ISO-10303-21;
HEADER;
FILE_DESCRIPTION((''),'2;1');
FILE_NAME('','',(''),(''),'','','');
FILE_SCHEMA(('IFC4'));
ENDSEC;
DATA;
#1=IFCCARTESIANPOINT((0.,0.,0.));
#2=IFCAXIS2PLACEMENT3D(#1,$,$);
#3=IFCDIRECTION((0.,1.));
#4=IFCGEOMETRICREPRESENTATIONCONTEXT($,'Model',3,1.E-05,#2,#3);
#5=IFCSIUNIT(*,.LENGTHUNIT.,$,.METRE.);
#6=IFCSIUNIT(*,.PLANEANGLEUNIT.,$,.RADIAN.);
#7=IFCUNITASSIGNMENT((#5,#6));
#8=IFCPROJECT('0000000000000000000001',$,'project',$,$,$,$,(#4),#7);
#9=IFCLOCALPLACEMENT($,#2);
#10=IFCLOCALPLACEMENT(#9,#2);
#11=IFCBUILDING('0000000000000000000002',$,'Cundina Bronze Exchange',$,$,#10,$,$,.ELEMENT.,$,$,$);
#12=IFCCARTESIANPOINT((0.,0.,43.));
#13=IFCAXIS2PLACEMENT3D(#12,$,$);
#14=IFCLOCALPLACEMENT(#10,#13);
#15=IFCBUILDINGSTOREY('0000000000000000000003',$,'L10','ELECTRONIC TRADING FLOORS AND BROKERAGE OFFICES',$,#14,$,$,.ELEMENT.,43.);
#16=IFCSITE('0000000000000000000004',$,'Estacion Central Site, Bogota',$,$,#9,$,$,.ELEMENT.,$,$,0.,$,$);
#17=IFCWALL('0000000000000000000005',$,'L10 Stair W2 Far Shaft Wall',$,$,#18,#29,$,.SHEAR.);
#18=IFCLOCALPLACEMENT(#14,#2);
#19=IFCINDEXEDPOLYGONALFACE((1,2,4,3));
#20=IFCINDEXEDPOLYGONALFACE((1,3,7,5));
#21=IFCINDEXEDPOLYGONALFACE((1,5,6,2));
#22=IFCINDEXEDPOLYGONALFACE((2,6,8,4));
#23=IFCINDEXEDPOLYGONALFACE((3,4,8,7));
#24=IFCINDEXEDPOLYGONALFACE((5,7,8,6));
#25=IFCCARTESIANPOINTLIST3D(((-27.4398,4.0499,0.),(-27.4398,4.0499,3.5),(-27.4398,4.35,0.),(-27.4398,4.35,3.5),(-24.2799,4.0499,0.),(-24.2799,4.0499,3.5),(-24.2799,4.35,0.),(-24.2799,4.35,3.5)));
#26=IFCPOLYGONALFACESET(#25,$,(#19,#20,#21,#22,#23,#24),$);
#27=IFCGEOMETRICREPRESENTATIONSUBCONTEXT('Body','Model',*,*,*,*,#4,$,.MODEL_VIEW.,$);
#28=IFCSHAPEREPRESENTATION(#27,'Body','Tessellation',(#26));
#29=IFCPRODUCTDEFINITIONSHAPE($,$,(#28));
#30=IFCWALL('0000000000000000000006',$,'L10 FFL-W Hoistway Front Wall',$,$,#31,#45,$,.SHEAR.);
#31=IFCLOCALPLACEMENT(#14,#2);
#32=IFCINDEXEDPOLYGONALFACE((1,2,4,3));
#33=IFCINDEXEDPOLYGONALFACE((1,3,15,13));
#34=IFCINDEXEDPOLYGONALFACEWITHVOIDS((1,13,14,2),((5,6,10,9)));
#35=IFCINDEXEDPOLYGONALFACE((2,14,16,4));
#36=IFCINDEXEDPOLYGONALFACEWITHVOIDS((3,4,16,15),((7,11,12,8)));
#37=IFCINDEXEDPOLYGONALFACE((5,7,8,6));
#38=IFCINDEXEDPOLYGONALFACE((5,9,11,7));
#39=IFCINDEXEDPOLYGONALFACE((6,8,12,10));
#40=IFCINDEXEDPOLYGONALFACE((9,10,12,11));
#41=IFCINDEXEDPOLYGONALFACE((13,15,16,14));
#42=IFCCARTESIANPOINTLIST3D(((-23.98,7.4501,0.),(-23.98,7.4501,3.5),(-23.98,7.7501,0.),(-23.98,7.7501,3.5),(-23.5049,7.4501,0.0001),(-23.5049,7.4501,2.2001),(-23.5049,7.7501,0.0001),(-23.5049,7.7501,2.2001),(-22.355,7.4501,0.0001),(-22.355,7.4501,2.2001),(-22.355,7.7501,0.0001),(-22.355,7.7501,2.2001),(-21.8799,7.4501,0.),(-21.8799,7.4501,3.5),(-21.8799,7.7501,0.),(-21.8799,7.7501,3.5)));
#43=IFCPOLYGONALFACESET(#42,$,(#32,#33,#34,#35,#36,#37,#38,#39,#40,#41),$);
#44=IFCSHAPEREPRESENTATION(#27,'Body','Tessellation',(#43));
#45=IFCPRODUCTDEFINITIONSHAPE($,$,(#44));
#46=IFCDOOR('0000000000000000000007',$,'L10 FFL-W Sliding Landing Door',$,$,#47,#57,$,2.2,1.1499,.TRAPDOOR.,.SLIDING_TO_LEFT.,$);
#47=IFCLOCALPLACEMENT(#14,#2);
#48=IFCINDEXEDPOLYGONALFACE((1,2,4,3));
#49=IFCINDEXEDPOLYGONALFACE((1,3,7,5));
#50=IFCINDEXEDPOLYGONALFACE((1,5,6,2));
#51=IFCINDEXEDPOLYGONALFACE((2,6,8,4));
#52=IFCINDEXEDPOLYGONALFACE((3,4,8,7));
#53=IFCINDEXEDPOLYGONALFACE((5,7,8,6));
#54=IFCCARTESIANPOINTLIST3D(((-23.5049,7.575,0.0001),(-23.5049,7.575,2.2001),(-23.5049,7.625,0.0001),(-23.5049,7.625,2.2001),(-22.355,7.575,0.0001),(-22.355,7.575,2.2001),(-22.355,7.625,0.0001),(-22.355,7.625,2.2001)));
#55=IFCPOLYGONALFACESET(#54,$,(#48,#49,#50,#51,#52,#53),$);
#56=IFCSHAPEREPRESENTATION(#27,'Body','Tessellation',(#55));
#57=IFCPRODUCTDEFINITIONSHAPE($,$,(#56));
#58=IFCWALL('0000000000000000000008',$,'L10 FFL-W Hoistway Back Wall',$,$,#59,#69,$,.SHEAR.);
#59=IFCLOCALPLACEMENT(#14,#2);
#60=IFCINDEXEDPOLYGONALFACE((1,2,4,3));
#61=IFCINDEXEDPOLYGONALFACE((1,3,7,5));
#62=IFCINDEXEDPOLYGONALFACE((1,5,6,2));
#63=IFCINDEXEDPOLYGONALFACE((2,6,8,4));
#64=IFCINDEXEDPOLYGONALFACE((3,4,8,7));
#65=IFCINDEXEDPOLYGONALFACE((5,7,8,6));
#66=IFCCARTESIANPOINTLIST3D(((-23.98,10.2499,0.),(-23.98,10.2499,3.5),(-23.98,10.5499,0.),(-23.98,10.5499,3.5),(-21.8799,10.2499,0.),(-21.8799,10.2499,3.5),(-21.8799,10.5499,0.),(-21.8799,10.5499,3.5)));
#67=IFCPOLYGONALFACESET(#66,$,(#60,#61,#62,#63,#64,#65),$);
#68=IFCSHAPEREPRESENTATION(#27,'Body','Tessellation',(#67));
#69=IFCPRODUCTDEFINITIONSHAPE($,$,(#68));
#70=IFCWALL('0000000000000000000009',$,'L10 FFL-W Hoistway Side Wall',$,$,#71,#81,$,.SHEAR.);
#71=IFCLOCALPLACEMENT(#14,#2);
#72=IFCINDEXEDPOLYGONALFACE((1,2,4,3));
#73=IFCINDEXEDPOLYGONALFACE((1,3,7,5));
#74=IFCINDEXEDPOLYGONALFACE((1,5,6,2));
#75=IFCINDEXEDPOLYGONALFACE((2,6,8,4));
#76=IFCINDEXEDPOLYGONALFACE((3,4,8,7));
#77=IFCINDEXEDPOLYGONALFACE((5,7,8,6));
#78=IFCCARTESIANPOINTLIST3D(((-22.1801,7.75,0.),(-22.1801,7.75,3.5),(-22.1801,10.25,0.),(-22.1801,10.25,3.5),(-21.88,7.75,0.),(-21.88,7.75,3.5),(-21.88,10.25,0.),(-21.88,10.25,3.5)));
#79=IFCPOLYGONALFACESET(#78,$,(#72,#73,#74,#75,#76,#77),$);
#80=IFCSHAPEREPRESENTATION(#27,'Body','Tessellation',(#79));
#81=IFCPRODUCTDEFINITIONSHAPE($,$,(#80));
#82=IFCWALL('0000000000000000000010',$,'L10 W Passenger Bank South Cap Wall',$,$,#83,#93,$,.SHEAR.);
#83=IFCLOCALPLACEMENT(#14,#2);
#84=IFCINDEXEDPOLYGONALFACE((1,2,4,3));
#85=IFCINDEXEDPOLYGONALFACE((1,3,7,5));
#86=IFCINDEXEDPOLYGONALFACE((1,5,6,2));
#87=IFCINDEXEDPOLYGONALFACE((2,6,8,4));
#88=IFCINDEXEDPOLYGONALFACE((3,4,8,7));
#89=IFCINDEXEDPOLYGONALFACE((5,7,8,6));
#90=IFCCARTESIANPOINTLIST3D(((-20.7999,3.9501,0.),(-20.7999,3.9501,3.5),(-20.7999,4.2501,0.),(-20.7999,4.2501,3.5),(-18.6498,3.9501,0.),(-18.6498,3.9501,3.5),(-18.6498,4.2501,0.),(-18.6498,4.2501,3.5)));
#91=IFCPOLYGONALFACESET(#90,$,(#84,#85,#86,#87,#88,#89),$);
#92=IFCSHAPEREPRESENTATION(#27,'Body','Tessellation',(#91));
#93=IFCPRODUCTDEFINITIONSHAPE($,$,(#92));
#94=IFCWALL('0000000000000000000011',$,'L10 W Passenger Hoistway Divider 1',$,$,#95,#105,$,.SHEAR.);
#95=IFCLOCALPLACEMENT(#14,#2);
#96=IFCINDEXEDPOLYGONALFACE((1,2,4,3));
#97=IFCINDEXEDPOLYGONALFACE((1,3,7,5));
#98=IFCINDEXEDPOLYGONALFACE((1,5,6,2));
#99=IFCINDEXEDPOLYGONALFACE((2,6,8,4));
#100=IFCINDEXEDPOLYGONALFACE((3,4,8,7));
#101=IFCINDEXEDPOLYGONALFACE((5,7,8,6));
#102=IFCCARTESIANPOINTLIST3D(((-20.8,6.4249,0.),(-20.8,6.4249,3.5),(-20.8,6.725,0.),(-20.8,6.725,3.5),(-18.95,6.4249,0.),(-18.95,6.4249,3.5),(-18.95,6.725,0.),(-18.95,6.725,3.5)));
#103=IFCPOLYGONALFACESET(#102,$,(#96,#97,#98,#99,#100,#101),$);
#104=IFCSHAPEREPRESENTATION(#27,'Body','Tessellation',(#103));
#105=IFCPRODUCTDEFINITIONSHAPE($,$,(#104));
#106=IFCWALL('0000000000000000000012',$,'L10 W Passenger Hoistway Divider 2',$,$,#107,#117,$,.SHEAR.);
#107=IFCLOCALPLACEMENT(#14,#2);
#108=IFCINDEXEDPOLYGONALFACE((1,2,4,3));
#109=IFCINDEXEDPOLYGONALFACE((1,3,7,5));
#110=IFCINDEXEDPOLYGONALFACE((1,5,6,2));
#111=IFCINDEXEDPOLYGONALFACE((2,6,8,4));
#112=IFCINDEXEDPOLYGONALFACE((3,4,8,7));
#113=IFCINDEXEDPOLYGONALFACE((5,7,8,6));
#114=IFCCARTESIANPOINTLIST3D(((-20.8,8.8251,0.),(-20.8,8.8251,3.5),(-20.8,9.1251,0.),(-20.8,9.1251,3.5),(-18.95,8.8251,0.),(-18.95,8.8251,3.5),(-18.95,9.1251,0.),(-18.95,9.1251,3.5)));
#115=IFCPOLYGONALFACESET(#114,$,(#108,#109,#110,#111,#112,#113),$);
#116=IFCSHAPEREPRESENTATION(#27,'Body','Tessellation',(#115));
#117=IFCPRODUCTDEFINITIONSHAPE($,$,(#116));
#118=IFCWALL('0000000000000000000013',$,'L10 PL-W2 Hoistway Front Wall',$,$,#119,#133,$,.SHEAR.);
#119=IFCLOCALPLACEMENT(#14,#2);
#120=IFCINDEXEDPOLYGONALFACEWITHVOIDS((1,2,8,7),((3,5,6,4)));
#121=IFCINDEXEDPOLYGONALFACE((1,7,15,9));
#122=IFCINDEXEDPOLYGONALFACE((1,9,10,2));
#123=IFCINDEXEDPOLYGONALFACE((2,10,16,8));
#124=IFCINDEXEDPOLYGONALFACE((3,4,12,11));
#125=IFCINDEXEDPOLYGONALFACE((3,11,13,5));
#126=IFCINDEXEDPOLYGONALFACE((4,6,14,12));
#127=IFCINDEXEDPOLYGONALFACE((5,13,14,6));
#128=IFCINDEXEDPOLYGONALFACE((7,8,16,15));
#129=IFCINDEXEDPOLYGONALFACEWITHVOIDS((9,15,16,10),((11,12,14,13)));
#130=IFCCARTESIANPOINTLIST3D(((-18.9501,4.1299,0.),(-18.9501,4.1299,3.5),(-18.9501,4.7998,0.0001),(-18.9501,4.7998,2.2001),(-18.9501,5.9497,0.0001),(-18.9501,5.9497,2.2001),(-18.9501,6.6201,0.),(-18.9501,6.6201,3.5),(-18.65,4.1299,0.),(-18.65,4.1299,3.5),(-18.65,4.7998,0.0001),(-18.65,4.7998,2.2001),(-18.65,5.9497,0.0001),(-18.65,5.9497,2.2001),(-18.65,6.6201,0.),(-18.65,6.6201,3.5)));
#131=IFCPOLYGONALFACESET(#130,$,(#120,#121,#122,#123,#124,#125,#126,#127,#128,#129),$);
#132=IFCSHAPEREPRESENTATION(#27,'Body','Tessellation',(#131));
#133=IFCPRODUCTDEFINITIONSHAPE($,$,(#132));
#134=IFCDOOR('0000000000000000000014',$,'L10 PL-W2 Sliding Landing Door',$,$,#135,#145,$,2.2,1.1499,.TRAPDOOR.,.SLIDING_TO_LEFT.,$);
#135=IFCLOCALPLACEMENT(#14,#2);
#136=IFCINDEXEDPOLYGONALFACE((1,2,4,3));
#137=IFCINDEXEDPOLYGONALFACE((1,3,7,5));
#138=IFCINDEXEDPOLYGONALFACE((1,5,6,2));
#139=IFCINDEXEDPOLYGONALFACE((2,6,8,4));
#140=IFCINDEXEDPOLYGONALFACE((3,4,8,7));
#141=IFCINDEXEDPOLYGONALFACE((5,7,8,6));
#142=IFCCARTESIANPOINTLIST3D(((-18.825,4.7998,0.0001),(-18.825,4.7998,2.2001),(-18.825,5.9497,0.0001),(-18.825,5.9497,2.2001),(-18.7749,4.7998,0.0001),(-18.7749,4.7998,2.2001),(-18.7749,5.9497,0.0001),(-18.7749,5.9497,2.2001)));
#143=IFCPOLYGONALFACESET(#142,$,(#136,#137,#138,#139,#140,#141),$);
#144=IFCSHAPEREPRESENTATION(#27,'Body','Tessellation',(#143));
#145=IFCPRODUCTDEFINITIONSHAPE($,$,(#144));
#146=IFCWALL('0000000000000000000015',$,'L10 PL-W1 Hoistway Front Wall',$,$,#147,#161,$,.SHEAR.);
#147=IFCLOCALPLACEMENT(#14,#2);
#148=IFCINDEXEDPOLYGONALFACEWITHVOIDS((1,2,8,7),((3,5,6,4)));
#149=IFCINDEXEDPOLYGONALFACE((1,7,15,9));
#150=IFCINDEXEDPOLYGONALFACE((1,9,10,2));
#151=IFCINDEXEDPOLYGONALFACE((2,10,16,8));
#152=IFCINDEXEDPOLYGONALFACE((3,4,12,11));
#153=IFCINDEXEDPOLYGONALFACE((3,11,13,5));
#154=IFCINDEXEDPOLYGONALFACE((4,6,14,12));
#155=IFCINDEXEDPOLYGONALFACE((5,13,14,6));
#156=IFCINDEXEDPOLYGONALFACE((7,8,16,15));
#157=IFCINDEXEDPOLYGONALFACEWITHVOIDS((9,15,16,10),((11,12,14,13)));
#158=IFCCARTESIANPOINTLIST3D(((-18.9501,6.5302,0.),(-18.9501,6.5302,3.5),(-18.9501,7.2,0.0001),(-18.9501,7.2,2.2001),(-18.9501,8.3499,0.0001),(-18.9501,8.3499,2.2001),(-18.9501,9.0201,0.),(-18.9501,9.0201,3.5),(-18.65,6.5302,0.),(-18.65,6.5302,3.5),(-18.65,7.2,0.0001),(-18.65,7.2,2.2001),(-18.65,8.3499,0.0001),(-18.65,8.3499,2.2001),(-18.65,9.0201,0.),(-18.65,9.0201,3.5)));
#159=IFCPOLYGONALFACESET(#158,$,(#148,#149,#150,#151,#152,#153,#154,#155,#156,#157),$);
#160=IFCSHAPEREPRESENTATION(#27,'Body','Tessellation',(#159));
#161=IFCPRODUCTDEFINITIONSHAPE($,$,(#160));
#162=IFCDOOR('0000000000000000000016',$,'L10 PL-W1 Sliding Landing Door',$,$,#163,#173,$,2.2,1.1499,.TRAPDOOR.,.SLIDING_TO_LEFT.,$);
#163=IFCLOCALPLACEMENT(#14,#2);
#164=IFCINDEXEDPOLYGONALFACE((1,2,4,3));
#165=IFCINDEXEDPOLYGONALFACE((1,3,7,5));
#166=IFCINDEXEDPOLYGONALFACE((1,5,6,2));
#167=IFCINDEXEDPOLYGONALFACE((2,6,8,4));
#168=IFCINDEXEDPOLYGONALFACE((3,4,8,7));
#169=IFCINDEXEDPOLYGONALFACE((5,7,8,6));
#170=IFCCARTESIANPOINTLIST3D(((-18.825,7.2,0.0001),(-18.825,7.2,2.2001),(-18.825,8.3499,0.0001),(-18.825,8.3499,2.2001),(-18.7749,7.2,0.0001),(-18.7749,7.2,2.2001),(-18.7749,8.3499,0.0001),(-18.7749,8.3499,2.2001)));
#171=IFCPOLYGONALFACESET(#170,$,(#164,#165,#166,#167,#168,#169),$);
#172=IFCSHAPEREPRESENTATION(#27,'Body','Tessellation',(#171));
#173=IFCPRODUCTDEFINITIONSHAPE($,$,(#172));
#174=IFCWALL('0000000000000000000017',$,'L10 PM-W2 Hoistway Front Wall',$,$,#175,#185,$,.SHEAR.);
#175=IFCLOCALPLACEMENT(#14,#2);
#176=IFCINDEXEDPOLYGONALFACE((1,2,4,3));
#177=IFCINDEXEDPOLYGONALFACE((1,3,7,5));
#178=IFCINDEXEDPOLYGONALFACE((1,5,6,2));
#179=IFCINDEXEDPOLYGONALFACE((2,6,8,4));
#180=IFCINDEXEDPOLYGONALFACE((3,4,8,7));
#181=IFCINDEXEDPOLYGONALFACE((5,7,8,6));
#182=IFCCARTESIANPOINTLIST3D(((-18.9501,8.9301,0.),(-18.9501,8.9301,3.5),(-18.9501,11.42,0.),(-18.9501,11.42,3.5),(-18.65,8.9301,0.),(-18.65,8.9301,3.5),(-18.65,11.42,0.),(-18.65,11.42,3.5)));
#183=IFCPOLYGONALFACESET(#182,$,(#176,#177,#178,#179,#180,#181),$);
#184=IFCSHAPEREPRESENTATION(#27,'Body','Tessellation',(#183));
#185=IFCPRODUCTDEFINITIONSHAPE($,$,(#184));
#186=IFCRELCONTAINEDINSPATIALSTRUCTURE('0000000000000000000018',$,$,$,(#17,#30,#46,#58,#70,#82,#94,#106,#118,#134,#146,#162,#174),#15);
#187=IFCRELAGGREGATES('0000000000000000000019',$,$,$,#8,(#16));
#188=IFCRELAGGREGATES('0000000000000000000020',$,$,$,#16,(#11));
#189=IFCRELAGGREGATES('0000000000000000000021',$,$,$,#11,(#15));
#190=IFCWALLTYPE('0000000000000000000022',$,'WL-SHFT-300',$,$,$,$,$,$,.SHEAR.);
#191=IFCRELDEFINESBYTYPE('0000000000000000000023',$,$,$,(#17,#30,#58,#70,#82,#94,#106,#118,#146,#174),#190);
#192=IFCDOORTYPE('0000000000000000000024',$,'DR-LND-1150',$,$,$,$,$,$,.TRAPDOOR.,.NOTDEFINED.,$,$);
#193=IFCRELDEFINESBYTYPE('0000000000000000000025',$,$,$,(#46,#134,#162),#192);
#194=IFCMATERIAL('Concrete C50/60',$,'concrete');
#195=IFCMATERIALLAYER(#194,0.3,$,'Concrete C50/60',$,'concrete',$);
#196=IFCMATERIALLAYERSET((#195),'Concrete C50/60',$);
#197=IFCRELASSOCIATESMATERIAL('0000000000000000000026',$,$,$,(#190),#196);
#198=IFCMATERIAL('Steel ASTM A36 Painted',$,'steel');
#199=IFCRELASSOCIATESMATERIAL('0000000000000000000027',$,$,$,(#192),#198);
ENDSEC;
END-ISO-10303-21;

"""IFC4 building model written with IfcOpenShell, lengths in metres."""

from ifc_helpers import new_model, si_unit, direction, frame, frame_2d, origin, place, context, subcontext, project, spatial, rectangle, extrude, material, layer, layer_set, type_object, element, fill, save


model = new_model("IFC4")

# Units and contexts
model_context = context("Model", 3, precision=1e-05, world=origin(), true_north=direction((0.0, 1.0)))
body_context = subcontext(model_context, "Body", "Model", "MODEL_VIEW")
ifc_project = project(units=[si_unit("LENGTHUNIT", "METRE"), si_unit("PLANEANGLEUNIT", "RADIAN")], contexts=[model_context])

# Site, building, storey
site_placement = place(None, origin())
site = spatial("IfcSite", under=ifc_project, at=site_placement, Name="Estacion Central Site, Bogota", CompositionType="ELEMENT", RefElevation=0.0)
building_placement = place(site_placement, origin())
building = spatial("IfcBuilding", under=site, at=building_placement, Name="Cundina Bronze Exchange", CompositionType="ELEMENT")
storey_placement = place(building_placement, frame((0.0, 0.0, 43.0)))
storey = spatial("IfcBuildingStorey", under=building, at=storey_placement, Name="L10", Description="ELECTRONIC TRADING FLOORS AND BROKERAGE OFFICES", CompositionType="ELEMENT", Elevation=43.0)

# Wall
ifc_material_1 = material(Name="Concrete C50/60", Category="concrete")
ifc_layer_1 = layer(ifc_material_1, 0.3, Name="Concrete C50/60", Category="concrete")
ifc_layer_set_1 = layer_set([ifc_layer_1], Name="Concrete C50/60")
wall_type_1 = type_object("IfcWallType", Name="WL-SHFT-300", PredefinedType="SHEAR", material=ifc_layer_set_1)
wall_1_placement = place(storey_placement, frame((-27.4399, 4.2, 0.0), z_axis=(0.0, 0.0, 1.0), x_axis=(1.0, 0.0, 0.0)))
element("IfcWall", 1, at=wall_1_placement, inside=storey, type_object=wall_type_1, Name="L10 Stair W2 Far Shaft Wall", PredefinedType="SHEAR", context=body_context, shape_type="SweptSolid", body=[
    extrude(rectangle(XDim=3.1599, YDim=0.3, at=frame_2d((1.5801, 0.0))), origin(), (0.0, 0.0, 1.0), 3.5),
])

# Wall, opening, door
wall_2_placement = place(storey_placement, frame((-23.98, 7.6001, 0.0), z_axis=(0.0, 0.0, 1.0), x_axis=(1.0, 0.0, 0.0)))
wall_2 = element("IfcWall", 2, at=wall_2_placement, inside=storey, type_object=wall_type_1, Name="L10 FFL-W Hoistway Front Wall", PredefinedType="SHEAR", context=body_context, shape_type="SweptSolid", body=[
    extrude(rectangle(XDim=2.1001, YDim=0.3, at=frame_2d((1.05, 0.0))), origin(), (0.0, 0.0, 1.0), 3.5),
])
opening_1_placement = place(wall_2_placement, frame((0.4751, 0.0, 0.0)))
opening_1 = element("IfcOpeningElement", 3, at=opening_1_placement, cuts=wall_2, PredefinedType="OPENING", context=body_context, shape_type="SweptSolid", body=[
    extrude(rectangle(XDim=1.1499, YDim=2.2, at=frame_2d((0.575, 1.1001))), frame((0.0, 0.1599, 0.0), z_axis=(0.0, -1.0, 0.0), x_axis=(1.0, 0.0, 0.0)), (0.0, 0.0, 1.0), 0.3201),
])
ifc_material_2 = material(Name="Steel ASTM A36 Painted", Category="steel")
door_type = type_object("IfcDoorType", Name="DR-LND-1150", OperationType="NOTDEFINED", PredefinedType="TRAPDOOR", material=ifc_material_2)
door_1_placement = place(opening_1_placement, origin())
door_1 = element("IfcDoor", 4, at=door_1_placement, inside=storey, type_object=door_type, Name="L10 FFL-W Sliding Landing Door", OperationType="SLIDING_TO_LEFT", OverallHeight=2.2, OverallWidth=1.1499, PredefinedType="TRAPDOOR", context=body_context, shape_type="SweptSolid", body=[
    extrude(rectangle(XDim=1.1499, YDim=2.2, at=frame_2d((0.575, 1.1001))), frame((0.0, 0.0249, 0.0), z_axis=(0.0, -1.0, 0.0), x_axis=(1.0, 0.0, 0.0)), (0.0, 0.0, 1.0), 0.05),
])
fill(opening_1, door_1)

# Walls
wall_3_placement = place(storey_placement, frame((-23.98, 10.3999, 0.0), z_axis=(0.0, 0.0, 1.0), x_axis=(1.0, 0.0, 0.0)))
element("IfcWall", 5, at=wall_3_placement, inside=storey, type_object=wall_type_1, Name="L10 FFL-W Hoistway Back Wall", PredefinedType="SHEAR", context=body_context, shape_type="SweptSolid", body=[
    extrude(rectangle(XDim=2.1001, YDim=0.3, at=frame_2d((1.05, 0.0))), origin(), (0.0, 0.0, 1.0), 3.5),
])
wall_4_placement = place(storey_placement, frame((-22.03, 7.75, 0.0), z_axis=(0.0, 0.0, 1.0), x_axis=(0.0, 1.0, 0.0)))
element("IfcWall", 6, at=wall_4_placement, inside=storey, type_object=wall_type_1, Name="L10 FFL-W Hoistway Side Wall", PredefinedType="SHEAR", context=body_context, shape_type="SweptSolid", body=[
    extrude(rectangle(XDim=2.5, YDim=0.3, at=frame_2d((1.25, 0.0))), origin(), (0.0, 0.0, 1.0), 3.5),
])
wall_5_placement = place(storey_placement, frame((-20.8, 4.1001, 0.0), z_axis=(0.0, 0.0, 1.0), x_axis=(1.0, 0.0, 0.0)))
element("IfcWall", 7, at=wall_5_placement, inside=storey, type_object=wall_type_1, Name="L10 W Passenger Bank South Cap Wall", PredefinedType="SHEAR", context=body_context, shape_type="SweptSolid", body=[
    extrude(rectangle(XDim=2.1501, YDim=0.3, at=frame_2d((1.0752, 0.0))), origin(), (0.0, 0.0, 1.0), 3.5),
])
for number, where, z_axis, x_axis, name in (
    (8, (-20.8, 6.575, 0.0), (0.0, 0.0, 1.0), (1.0, 0.0, 0.0), "L10 W Passenger Hoistway Divider 1"),
    (9, (-20.8, 8.9751, 0.0), (0.0, 0.0, 1.0), (1.0, 0.0, 0.0), "L10 W Passenger Hoistway Divider 2"),
):
    element("IfcWall", number, at=place(storey_placement, frame(where, z_axis=z_axis, x_axis=x_axis)), inside=storey, type_object=wall_type_1, Name=name, PredefinedType="SHEAR", context=body_context, shape_type="SweptSolid", body=[
        extrude(rectangle(XDim=1.8501, YDim=0.3, at=frame_2d((0.925, 0.0))), origin(), (0.0, 0.0, 1.0), 3.5),
    ])

# Walls, openings, doors
wall_6_placement = place(storey_placement, frame((-18.8, 4.1299, 0.0), z_axis=(0.0, 0.0, 1.0), x_axis=(0.0, 1.0, 0.0)))
wall_6 = element("IfcWall", 10, at=wall_6_placement, inside=storey, type_object=wall_type_1, Name="L10 PL-W2 Hoistway Front Wall", PredefinedType="SHEAR", context=body_context, shape_type="SweptSolid", body=[
    extrude(rectangle(XDim=2.4902, YDim=0.3, at=frame_2d((1.2451, 0.0))), origin(), (0.0, 0.0, 1.0), 3.5),
])
opening_2_placement = place(wall_6_placement, frame((0.6699, 0.0, 0.0)))
opening_2 = element("IfcOpeningElement", 11, at=opening_2_placement, cuts=wall_6, PredefinedType="OPENING", context=body_context, shape_type="SweptSolid", body=[
    extrude(rectangle(XDim=1.1499, YDim=2.2, at=frame_2d((0.575, 1.1001))), frame((0.0, 0.1599, 0.0), z_axis=(0.0, -1.0, 0.0), x_axis=(1.0, 0.0, 0.0)), (0.0, 0.0, 1.0), 0.3201),
])
door_2_placement = place(opening_2_placement, origin())
door_2 = element("IfcDoor", 12, at=door_2_placement, inside=storey, type_object=door_type, Name="L10 PL-W2 Sliding Landing Door", OperationType="SLIDING_TO_LEFT", OverallHeight=2.2, OverallWidth=1.1499, PredefinedType="TRAPDOOR", context=body_context, shape_type="SweptSolid", body=[
    extrude(rectangle(XDim=1.1499, YDim=2.2, at=frame_2d((0.575, 1.1001))), frame((0.0, 0.0249, 0.0), z_axis=(0.0, -1.0, 0.0), x_axis=(1.0, 0.0, 0.0)), (0.0, 0.0, 1.0), 0.05),
])
fill(opening_2, door_2)
wall_7_placement = place(storey_placement, frame((-18.8, 6.53, 0.0), z_axis=(0.0, 0.0, 1.0), x_axis=(0.0, 1.0, 0.0)))
wall_7 = element("IfcWall", 13, at=wall_7_placement, inside=storey, type_object=wall_type_1, Name="L10 PL-W1 Hoistway Front Wall", PredefinedType="SHEAR", context=body_context, shape_type="SweptSolid", body=[
    extrude(rectangle(XDim=2.49, YDim=0.3, at=frame_2d((1.2451, 0.0))), origin(), (0.0, 0.0, 1.0), 3.5),
])
opening_3_placement = place(wall_7_placement, frame((0.6699, 0.0, 0.0)))
opening_3 = element("IfcOpeningElement", 14, at=opening_3_placement, cuts=wall_7, PredefinedType="OPENING", context=body_context, shape_type="SweptSolid", body=[
    extrude(rectangle(XDim=1.1499, YDim=2.2, at=frame_2d((0.575, 1.1001))), frame((0.0, 0.1599, 0.0), z_axis=(0.0, -1.0, 0.0), x_axis=(1.0, 0.0, 0.0)), (0.0, 0.0, 1.0), 0.3201),
])
door_3_placement = place(opening_3_placement, origin())
door_3 = element("IfcDoor", 15, at=door_3_placement, inside=storey, type_object=door_type, Name="L10 PL-W1 Sliding Landing Door", OperationType="SLIDING_TO_LEFT", OverallHeight=2.2, OverallWidth=1.1499, PredefinedType="TRAPDOOR", context=body_context, shape_type="SweptSolid", body=[
    extrude(rectangle(XDim=1.1499, YDim=2.2, at=frame_2d((0.575, 1.1001))), frame((0.0, 0.0249, 0.0), z_axis=(0.0, -1.0, 0.0), x_axis=(1.0, 0.0, 0.0)), (0.0, 0.0, 1.0), 0.05),
])
fill(opening_3, door_3)

# Wall
wall_8_placement = place(storey_placement, frame((-18.8, 8.9299, 0.0), z_axis=(0.0, 0.0, 1.0), x_axis=(0.0, 1.0, 0.0)))
element("IfcWall", 16, at=wall_8_placement, inside=storey, type_object=wall_type_1, Name="L10 PM-W2 Hoistway Front Wall", PredefinedType="SHEAR", context=body_context, shape_type="SweptSolid", body=[
    extrude(rectangle(XDim=2.49, YDim=0.3, at=frame_2d((1.2451, 0.0))), origin(), (0.0, 0.0, 1.0), 3.5),
])

save(model, "model.ifc")
